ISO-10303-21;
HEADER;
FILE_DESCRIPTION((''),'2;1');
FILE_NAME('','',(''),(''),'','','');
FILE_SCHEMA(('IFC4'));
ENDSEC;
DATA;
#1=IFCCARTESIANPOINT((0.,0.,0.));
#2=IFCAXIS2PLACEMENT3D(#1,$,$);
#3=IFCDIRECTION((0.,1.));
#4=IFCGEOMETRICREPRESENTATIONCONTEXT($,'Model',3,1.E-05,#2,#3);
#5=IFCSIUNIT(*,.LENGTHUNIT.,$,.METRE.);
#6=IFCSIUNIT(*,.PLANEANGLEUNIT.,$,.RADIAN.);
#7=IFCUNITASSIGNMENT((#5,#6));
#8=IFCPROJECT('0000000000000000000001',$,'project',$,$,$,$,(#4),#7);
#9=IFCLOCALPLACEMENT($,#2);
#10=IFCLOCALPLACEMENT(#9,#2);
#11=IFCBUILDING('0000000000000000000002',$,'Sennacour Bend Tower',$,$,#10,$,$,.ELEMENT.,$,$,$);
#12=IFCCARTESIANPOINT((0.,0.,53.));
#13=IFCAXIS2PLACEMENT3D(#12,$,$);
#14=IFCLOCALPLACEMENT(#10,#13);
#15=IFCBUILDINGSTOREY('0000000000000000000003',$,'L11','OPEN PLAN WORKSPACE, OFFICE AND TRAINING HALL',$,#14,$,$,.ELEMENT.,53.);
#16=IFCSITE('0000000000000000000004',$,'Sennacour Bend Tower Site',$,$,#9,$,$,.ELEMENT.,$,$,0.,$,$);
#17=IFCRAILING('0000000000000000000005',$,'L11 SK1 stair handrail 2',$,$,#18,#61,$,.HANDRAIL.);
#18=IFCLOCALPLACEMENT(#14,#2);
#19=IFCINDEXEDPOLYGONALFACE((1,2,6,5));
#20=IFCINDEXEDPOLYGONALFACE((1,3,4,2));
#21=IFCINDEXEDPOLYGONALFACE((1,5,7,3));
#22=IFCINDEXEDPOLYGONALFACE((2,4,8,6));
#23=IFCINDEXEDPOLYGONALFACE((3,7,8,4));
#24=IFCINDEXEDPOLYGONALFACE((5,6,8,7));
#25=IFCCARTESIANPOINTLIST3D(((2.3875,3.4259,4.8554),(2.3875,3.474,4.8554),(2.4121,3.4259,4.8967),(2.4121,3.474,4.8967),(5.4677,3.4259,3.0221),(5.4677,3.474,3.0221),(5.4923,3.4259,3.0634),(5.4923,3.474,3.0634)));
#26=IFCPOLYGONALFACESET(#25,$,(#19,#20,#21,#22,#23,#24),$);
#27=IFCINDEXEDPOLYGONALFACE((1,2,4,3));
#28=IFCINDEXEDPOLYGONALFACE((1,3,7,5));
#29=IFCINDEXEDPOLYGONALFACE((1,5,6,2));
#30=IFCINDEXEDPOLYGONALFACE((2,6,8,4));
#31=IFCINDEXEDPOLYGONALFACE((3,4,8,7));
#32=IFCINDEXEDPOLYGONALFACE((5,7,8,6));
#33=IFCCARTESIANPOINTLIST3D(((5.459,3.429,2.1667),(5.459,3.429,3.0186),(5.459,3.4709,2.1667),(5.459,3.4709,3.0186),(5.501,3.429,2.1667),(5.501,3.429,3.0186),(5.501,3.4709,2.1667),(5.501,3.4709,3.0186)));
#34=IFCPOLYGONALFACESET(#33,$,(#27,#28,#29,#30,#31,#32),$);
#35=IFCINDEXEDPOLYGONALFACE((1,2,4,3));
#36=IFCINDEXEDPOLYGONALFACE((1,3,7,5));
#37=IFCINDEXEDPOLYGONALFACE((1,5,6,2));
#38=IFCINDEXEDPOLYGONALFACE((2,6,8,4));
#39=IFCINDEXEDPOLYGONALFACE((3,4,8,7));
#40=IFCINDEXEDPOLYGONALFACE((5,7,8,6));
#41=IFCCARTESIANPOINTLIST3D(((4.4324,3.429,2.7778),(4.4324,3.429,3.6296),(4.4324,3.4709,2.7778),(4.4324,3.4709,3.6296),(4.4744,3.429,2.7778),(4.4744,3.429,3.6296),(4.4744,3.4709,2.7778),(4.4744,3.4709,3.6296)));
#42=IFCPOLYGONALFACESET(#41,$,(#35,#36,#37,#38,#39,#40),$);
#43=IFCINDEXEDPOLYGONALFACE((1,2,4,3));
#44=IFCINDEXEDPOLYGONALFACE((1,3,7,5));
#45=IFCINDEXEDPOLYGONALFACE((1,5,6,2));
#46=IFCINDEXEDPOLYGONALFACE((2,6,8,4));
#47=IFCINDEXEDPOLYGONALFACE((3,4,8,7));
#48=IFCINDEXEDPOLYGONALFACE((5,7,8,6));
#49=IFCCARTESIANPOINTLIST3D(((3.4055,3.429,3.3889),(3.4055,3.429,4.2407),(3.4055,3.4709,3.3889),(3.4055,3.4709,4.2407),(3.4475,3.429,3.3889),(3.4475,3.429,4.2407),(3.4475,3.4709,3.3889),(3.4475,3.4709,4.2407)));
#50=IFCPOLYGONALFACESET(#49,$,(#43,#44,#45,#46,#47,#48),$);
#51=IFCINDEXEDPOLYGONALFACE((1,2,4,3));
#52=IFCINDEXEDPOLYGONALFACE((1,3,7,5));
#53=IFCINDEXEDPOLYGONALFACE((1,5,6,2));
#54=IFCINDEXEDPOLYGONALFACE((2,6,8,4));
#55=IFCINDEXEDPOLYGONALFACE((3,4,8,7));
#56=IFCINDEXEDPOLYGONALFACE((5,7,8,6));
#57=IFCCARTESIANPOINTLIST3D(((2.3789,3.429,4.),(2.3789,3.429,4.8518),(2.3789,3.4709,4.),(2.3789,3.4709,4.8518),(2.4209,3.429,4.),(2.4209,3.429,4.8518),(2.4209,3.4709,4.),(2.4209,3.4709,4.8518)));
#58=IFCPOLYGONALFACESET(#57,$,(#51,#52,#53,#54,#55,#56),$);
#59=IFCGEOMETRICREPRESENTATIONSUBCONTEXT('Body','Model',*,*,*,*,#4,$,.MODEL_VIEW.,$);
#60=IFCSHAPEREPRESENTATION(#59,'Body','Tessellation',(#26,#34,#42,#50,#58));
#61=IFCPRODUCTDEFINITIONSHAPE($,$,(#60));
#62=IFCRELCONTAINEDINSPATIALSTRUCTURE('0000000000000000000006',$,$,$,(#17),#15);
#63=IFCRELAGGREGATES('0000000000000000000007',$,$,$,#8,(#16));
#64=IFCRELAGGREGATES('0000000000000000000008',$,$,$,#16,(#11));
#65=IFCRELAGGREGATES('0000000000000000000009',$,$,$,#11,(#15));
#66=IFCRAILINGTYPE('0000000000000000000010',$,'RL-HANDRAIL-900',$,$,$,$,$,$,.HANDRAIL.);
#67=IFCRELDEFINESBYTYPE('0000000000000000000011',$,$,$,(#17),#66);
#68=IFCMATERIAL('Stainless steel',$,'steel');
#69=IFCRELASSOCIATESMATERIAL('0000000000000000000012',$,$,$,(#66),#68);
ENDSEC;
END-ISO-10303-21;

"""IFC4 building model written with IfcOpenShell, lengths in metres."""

from ifc_helpers import new_model, si_unit, direction, frame, origin, origin_2d, place, context, subcontext, project, spatial, rectangle, extrude, material, type_object, element, save


model = new_model("IFC4")

# Units and contexts
model_context = context("Model", 3, precision=1e-05, world=origin(), true_north=direction((0.0, 1.0)))
body_context = subcontext(model_context, "Body", "Model", "MODEL_VIEW")
ifc_project = project(units=[si_unit("LENGTHUNIT", "METRE"), si_unit("PLANEANGLEUNIT", "RADIAN")], contexts=[model_context])

# Site, building, storey
site_placement = place(None, origin())
site = spatial("IfcSite", under=ifc_project, at=site_placement, Name="Sennacour Bend Tower Site", CompositionType="ELEMENT", RefElevation=0.0)
building_placement = place(site_placement, origin())
building = spatial("IfcBuilding", under=site, at=building_placement, Name="Sennacour Bend Tower", CompositionType="ELEMENT")
storey_placement = place(building_placement, frame((0.0, 0.0, 53.0)))
storey = spatial("IfcBuildingStorey", under=building, at=storey_placement, Name="L11", Description="OPEN PLAN WORKSPACE, OFFICE AND TRAINING HALL", CompositionType="ELEMENT", Elevation=53.0)

# Railing
ifc_material_1 = material(Name="Stainless steel", Category="steel")
railing_type_1 = type_object("IfcRailingType", Name="RL-HANDRAIL-900", PredefinedType="HANDRAIL", material=ifc_material_1)
railing_1_placement = place(storey_placement, frame((5.48, 3.45, 2.1667)))
element("IfcRailing", 1, at=railing_1_placement, inside=storey, type_object=railing_type_1, Name="L11 SK1 stair handrail 2", PredefinedType="HANDRAIL", context=body_context, shape_type="SweptSolid", body=[
    extrude(rectangle(XDim=0.0481, YDim=0.0481, at=origin_2d()), frame((0.0, 0.0, 0.876), z_axis=(-0.859309, 0.0, 0.511458), x_axis=(0.0, -1.0, 0.0)), (0.0, 0.0, 1.0), 3.5845),
    extrude(rectangle(XDim=0.042, YDim=0.042, at=origin_2d()), origin(), (0.0, 0.0, 1.0), 0.8518),
    extrude(rectangle(XDim=0.042, YDim=0.042, at=origin_2d()), frame((-1.0266, 0.0, 0.6111)), (0.0, 0.0, 1.0), 0.8518),
    extrude(rectangle(XDim=0.042, YDim=0.042, at=origin_2d()), frame((-2.0535, 0.0, 1.2222)), (0.0, 0.0, 1.0), 0.8518),
    extrude(rectangle(XDim=0.042, YDim=0.042, at=origin_2d()), frame((-3.0801, 0.0, 1.8333)), (0.0, 0.0, 1.0), 0.8518),
])

save(model, "model.ifc")
